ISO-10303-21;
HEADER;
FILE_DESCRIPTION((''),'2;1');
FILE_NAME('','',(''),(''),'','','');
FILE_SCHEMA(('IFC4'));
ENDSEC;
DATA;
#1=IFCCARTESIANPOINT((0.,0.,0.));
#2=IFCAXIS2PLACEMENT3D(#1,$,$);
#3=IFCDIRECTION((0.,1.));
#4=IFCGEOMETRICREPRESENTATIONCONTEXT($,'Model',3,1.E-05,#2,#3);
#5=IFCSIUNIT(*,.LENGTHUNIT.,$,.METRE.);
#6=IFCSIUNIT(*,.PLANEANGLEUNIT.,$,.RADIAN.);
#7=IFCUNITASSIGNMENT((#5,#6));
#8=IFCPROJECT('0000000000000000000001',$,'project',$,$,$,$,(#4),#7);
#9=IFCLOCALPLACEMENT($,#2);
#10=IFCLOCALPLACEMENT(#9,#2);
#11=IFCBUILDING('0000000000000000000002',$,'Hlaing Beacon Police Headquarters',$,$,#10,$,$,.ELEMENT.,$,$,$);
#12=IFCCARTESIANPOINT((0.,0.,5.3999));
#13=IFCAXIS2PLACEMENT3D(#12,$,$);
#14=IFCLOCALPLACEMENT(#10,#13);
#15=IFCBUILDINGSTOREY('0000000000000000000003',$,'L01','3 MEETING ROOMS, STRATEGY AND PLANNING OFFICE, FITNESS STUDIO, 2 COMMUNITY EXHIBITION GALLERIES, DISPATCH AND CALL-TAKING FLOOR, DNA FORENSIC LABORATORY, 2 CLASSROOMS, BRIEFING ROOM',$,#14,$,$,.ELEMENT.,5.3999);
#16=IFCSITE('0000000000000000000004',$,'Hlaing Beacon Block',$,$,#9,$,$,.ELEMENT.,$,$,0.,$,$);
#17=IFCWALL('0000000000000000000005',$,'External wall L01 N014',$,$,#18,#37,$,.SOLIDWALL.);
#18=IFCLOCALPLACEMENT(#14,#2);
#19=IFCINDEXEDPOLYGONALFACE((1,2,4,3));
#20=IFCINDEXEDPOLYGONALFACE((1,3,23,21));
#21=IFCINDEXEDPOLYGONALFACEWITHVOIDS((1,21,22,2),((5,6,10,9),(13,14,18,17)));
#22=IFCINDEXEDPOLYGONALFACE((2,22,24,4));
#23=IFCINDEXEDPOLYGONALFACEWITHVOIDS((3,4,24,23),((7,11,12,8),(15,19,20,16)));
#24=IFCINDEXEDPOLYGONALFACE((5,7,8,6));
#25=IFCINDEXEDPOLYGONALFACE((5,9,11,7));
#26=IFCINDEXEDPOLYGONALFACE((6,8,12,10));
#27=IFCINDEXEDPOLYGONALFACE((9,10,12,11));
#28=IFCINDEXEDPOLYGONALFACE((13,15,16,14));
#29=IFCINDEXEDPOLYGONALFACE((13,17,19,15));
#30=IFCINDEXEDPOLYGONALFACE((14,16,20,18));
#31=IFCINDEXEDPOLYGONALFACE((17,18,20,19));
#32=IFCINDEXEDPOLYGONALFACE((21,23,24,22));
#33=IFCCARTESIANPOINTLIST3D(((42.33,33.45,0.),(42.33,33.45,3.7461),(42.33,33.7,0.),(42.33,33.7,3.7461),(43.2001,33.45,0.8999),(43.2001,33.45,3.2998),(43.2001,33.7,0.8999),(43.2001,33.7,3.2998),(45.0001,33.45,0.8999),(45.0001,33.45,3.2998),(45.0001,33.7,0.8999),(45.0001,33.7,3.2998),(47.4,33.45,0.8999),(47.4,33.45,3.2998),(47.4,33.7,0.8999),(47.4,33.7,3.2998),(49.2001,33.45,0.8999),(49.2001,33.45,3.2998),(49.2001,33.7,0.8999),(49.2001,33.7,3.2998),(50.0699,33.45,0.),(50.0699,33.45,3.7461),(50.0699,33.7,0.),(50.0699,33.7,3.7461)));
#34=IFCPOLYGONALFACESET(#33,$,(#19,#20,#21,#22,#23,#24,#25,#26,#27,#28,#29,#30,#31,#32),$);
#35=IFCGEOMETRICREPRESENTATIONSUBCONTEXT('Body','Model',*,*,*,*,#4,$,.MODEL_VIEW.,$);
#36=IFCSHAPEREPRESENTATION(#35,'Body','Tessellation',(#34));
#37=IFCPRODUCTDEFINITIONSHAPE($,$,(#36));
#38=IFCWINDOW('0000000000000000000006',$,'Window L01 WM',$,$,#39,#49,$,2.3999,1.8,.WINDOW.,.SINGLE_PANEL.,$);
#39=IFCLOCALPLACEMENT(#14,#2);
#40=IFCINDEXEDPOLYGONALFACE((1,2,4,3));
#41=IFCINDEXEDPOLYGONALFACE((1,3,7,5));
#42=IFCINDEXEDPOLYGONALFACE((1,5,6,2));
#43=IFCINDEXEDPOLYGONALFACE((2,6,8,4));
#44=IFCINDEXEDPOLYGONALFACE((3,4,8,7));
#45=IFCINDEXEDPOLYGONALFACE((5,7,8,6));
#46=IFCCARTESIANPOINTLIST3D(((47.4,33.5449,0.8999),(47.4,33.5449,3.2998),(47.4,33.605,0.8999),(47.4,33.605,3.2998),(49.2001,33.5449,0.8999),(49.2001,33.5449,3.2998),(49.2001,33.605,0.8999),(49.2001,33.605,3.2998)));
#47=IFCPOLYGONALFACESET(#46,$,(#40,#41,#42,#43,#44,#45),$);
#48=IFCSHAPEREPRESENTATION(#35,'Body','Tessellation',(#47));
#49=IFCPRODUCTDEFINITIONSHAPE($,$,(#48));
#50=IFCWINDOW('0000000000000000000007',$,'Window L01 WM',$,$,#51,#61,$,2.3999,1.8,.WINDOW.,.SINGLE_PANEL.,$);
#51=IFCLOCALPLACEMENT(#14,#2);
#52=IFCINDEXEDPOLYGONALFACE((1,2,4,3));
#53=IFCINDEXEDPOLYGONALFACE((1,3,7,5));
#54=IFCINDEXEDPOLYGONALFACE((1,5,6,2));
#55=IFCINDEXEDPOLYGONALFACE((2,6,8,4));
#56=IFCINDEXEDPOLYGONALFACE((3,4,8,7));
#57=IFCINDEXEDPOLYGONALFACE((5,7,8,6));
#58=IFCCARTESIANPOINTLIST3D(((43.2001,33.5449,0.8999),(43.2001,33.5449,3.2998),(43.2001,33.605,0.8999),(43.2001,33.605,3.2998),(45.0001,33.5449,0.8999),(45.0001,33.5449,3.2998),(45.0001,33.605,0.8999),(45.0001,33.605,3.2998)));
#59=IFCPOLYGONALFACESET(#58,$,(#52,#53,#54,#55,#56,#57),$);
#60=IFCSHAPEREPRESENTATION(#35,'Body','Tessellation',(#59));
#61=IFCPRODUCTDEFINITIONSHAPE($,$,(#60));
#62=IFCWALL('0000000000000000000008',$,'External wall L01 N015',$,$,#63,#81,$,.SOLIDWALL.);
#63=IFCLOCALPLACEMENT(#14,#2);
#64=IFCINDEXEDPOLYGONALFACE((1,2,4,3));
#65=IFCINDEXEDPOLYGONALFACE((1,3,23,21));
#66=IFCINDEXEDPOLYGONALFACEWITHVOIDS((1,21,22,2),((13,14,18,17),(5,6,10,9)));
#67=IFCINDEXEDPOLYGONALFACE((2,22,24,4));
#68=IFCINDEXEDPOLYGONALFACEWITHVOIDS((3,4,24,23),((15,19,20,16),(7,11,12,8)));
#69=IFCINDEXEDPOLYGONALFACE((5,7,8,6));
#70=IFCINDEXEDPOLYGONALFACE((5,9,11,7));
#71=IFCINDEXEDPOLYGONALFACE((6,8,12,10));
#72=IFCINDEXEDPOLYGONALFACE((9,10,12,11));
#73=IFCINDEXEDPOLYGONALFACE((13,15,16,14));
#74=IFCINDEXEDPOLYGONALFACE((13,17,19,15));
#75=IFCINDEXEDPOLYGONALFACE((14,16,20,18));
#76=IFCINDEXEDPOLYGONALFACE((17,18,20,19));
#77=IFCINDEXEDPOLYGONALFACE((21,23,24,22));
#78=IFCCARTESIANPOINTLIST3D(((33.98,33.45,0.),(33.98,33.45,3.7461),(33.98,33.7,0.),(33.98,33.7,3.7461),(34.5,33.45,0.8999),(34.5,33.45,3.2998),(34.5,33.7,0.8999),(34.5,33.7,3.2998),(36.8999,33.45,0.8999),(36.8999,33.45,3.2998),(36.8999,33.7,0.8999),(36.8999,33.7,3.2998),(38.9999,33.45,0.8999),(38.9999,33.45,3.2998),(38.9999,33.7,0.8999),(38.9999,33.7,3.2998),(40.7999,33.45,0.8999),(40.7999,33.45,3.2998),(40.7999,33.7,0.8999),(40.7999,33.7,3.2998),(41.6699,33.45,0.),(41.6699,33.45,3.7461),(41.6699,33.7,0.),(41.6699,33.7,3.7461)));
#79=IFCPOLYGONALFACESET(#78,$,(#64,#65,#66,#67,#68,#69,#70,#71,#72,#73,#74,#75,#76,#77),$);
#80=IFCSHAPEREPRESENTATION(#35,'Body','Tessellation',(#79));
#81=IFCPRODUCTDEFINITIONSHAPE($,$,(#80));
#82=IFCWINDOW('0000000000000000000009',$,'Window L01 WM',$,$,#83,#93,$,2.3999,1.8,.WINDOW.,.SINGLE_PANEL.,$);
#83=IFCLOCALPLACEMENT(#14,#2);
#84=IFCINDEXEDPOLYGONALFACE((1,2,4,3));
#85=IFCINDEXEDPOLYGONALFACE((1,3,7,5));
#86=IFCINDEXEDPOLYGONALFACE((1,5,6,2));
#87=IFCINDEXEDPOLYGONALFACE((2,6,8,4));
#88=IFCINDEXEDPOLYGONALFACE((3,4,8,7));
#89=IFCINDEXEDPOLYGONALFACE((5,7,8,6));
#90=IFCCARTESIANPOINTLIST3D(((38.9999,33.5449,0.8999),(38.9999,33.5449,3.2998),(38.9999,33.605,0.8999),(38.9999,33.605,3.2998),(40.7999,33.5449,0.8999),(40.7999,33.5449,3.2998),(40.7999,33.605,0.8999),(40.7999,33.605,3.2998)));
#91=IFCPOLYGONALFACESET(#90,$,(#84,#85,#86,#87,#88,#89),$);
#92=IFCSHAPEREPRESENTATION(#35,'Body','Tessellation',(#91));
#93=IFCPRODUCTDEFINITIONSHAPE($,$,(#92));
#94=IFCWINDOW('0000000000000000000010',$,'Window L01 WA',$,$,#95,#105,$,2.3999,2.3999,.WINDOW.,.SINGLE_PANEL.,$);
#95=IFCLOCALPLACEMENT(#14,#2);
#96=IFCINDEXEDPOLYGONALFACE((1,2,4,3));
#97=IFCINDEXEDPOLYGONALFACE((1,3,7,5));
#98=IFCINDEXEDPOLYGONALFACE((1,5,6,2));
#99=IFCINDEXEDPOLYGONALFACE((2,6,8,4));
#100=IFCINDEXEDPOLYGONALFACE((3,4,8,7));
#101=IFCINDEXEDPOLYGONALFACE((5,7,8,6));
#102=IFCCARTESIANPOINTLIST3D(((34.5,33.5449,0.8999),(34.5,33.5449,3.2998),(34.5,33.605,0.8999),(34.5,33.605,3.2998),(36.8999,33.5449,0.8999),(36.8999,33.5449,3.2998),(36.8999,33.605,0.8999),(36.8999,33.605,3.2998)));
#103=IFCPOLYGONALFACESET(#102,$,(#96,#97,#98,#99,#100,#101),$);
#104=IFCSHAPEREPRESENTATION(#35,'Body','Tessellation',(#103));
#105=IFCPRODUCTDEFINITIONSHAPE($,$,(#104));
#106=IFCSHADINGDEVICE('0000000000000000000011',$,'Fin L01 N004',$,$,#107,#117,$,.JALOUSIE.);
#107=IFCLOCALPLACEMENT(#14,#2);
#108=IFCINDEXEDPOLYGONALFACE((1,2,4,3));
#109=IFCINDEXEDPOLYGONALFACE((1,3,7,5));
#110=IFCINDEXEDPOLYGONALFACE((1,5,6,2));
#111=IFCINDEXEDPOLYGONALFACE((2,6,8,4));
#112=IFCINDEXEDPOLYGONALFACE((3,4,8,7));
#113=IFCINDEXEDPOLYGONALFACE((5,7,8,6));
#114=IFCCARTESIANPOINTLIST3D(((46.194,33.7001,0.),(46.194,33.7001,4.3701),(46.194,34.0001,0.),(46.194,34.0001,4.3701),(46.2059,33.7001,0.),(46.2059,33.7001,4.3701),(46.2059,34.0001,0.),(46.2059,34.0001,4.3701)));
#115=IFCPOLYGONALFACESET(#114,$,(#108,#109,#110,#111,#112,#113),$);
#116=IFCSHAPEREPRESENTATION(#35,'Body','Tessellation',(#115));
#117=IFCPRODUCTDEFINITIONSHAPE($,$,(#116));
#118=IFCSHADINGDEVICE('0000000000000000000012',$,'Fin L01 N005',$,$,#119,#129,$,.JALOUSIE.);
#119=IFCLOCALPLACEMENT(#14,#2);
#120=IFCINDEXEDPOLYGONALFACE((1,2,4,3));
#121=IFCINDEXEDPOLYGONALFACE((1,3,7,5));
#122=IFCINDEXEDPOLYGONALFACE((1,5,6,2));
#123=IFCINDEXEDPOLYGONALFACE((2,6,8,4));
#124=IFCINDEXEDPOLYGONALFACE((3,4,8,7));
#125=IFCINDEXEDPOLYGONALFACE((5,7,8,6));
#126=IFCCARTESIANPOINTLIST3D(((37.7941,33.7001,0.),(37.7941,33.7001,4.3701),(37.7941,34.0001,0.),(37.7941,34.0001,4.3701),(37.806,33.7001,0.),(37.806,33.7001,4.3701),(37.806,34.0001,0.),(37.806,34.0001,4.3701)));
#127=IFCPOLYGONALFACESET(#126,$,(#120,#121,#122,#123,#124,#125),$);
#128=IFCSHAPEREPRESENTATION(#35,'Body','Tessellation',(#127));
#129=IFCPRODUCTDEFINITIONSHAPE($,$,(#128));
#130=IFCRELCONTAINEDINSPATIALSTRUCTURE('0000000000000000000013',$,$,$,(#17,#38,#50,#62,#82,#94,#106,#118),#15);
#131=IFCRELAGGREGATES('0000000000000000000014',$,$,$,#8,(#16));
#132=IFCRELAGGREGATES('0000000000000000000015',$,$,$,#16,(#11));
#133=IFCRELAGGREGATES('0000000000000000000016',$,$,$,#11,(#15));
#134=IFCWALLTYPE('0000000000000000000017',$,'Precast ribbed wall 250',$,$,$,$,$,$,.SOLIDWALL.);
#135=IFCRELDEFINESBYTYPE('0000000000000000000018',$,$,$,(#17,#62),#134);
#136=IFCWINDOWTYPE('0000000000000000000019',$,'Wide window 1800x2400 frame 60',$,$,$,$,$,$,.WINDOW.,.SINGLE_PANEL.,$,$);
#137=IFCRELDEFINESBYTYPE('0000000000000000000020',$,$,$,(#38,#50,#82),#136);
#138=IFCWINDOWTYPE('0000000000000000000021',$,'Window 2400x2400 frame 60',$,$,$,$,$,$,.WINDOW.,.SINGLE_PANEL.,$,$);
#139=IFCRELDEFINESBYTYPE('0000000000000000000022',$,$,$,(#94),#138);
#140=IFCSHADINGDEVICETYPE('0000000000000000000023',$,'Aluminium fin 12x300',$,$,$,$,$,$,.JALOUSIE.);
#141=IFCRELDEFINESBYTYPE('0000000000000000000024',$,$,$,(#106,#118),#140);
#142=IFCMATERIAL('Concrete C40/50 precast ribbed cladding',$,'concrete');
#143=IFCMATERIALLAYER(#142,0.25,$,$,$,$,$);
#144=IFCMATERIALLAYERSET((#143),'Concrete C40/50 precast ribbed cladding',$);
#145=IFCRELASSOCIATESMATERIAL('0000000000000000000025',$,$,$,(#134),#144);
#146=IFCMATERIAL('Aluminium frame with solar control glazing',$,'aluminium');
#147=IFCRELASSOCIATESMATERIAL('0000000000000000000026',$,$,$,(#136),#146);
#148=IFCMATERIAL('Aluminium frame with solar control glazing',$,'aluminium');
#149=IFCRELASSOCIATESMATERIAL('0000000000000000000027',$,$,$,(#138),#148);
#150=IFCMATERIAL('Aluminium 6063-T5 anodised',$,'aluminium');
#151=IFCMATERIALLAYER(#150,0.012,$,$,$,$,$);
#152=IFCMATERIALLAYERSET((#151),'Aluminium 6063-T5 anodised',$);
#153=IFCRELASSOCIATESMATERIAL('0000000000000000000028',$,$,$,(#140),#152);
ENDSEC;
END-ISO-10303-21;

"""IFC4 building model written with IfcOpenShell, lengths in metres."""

from ifc_helpers import new_model, si_unit, direction, frame, frame_2d, origin, origin_2d, place, context, subcontext, project, spatial, rectangle, extrude, material, layer, layer_set, type_object, element, fill, save


model = new_model("IFC4")

# Units and contexts
model_context = context("Model", 3, precision=1e-05, world=origin(), true_north=direction((0.0, 1.0)))
body_context = subcontext(model_context, "Body", "Model", "MODEL_VIEW")
ifc_project = project(units=[si_unit("LENGTHUNIT", "METRE"), si_unit("PLANEANGLEUNIT", "RADIAN")], contexts=[model_context])

# Site, building, storey
site_placement = place(None, origin())
site = spatial("IfcSite", under=ifc_project, at=site_placement, Name="Hlaing Beacon Block", CompositionType="ELEMENT", RefElevation=0.0)
building_placement = place(site_placement, origin())
building = spatial("IfcBuilding", under=site, at=building_placement, Name="Hlaing Beacon Police Headquarters", CompositionType="ELEMENT")
storey_placement = place(building_placement, frame((0.0, 0.0, 5.3999)))
storey = spatial("IfcBuildingStorey", under=building, at=storey_placement, Name="L01", Description="3 MEETING ROOMS, STRATEGY AND PLANNING OFFICE, FITNESS STUDIO, 2 COMMUNITY EXHIBITION GALLERIES, DISPATCH AND CALL-TAKING FLOOR, DNA FORENSIC LABORATORY, 2 CLASSROOMS, BRIEFING ROOM", CompositionType="ELEMENT", Elevation=5.3999)

# Walls, openings, windows
ifc_material_1 = material(Name="Concrete C40/50 precast ribbed cladding", Category="concrete")
ifc_layer_1 = layer(ifc_material_1, 0.25)
ifc_layer_set_1 = layer_set([ifc_layer_1], Name="Concrete C40/50 precast ribbed cladding")
wall_type_1 = type_object("IfcWallType", Name="Precast ribbed wall 250", PredefinedType="SOLIDWALL", material=ifc_layer_set_1)
wall_1_placement = place(storey_placement, frame((50.0701, 33.575, 0.0), z_axis=(0.0, 0.0, 1.0), x_axis=(-1.0, 0.0, 0.0)))
wall_1 = element("IfcWall", 1, at=wall_1_placement, inside=storey, type_object=wall_type_1, Name="External wall L01 N014", PredefinedType="SOLIDWALL", context=body_context, shape_type="SweptSolid", body=[
    extrude(rectangle(XDim=7.74, YDim=0.25, at=frame_2d((3.8701, 0.0))), origin(), (0.0, 0.0, 1.0), 3.7461),
])
opening_1_placement = place(wall_1_placement, frame((0.8701, 0.0, 0.8999)))
opening_1 = element("IfcOpeningElement", 2, at=opening_1_placement, cuts=wall_1, PredefinedType="OPENING", context=body_context, shape_type="SweptSolid", body=[
    extrude(rectangle(XDim=1.8, YDim=2.3999, at=frame_2d((0.8999, 1.2))), frame((0.0, 0.135, 0.0), z_axis=(0.0, -1.0, 0.0), x_axis=(1.0, 0.0, 0.0)), (0.0, 0.0, 1.0), 0.27),
])
opening_2_placement = place(wall_1_placement, frame((5.0701, 0.0, 0.8999)))
opening_2 = element("IfcOpeningElement", 3, at=opening_2_placement, cuts=wall_1, PredefinedType="OPENING", context=body_context, shape_type="SweptSolid", body=[
    extrude(rectangle(XDim=1.8, YDim=2.3999, at=frame_2d((0.8999, 1.2))), frame((0.0, 0.135, 0.0), z_axis=(0.0, -1.0, 0.0), x_axis=(1.0, 0.0, 0.0)), (0.0, 0.0, 1.0), 0.27),
])
ifc_material_2 = material(Name="Aluminium frame with solar control glazing", Category="aluminium")
window_type_1 = type_object("IfcWindowType", Name="Wide window 1800x2400 frame 60", PartitioningType="SINGLE_PANEL", PredefinedType="WINDOW", material=ifc_material_2)
window_1_placement = place(opening_1_placement, origin())
window_1 = element("IfcWindow", 4, at=window_1_placement, inside=storey, type_object=window_type_1, Name="Window L01 WM", OverallHeight=2.3999, OverallWidth=1.8, PartitioningType="SINGLE_PANEL", PredefinedType="WINDOW", context=body_context, shape_type="SweptSolid", body=[
    extrude(rectangle(XDim=1.8, YDim=2.3999, at=frame_2d((0.8999, 1.2))), frame((0.0, 0.03, 0.0), z_axis=(0.0, -1.0, 0.0), x_axis=(1.0, 0.0, 0.0)), (0.0, 0.0, 1.0), 0.0601),
])
fill(opening_1, window_1)
window_2_placement = place(opening_2_placement, origin())
window_2 = element("IfcWindow", 5, at=window_2_placement, inside=storey, type_object=window_type_1, Name="Window L01 WM", OverallHeight=2.3999, OverallWidth=1.8, PartitioningType="SINGLE_PANEL", PredefinedType="WINDOW", context=body_context, shape_type="SweptSolid", body=[
    extrude(rectangle(XDim=1.8, YDim=2.3999, at=frame_2d((0.8999, 1.2))), frame((0.0, 0.03, 0.0), z_axis=(0.0, -1.0, 0.0), x_axis=(1.0, 0.0, 0.0)), (0.0, 0.0, 1.0), 0.0601),
])
fill(opening_2, window_2)
wall_2_placement = place(storey_placement, frame((41.6699, 33.575, 0.0), z_axis=(0.0, 0.0, 1.0), x_axis=(-1.0, 0.0, 0.0)))
wall_2 = element("IfcWall", 6, at=wall_2_placement, inside=storey, type_object=wall_type_1, Name="External wall L01 N015", PredefinedType="SOLIDWALL", context=body_context, shape_type="SweptSolid", body=[
    extrude(rectangle(XDim=7.6899, YDim=0.25, at=frame_2d((3.845, 0.0))), origin(), (0.0, 0.0, 1.0), 3.7461),
])
opening_3_placement = place(wall_2_placement, frame((0.8701, 0.0, 0.8999)))
opening_3 = element("IfcOpeningElement", 7, at=opening_3_placement, cuts=wall_2, PredefinedType="OPENING", context=body_context, shape_type="SweptSolid", body=[
    extrude(rectangle(XDim=1.8, YDim=2.3999, at=frame_2d((0.8999, 1.2))), frame((0.0, 0.135, 0.0), z_axis=(0.0, -1.0, 0.0), x_axis=(1.0, 0.0, 0.0)), (0.0, 0.0, 1.0), 0.27),
])
opening_4_placement = place(wall_2_placement, frame((4.77, 0.0, 0.8999)))
opening_4 = element("IfcOpeningElement", 8, at=opening_4_placement, cuts=wall_2, PredefinedType="OPENING", context=body_context, shape_type="SweptSolid", body=[
    extrude(rectangle(XDim=2.3999, YDim=2.3999, at=frame_2d((1.2, 1.2))), frame((0.0, 0.135, 0.0), z_axis=(0.0, -1.0, 0.0), x_axis=(1.0, 0.0, 0.0)), (0.0, 0.0, 1.0), 0.27),
])
window_3_placement = place(opening_3_placement, origin())
window_3 = element("IfcWindow", 9, at=window_3_placement, inside=storey, type_object=window_type_1, Name="Window L01 WM", OverallHeight=2.3999, OverallWidth=1.8, PartitioningType="SINGLE_PANEL", PredefinedType="WINDOW", context=body_context, shape_type="SweptSolid", body=[
    extrude(rectangle(XDim=1.8, YDim=2.3999, at=frame_2d((0.8999, 1.2))), frame((0.0, 0.03, 0.0), z_axis=(0.0, -1.0, 0.0), x_axis=(1.0, 0.0, 0.0)), (0.0, 0.0, 1.0), 0.0601),
])
fill(opening_3, window_3)
ifc_material_3 = material(Name="Aluminium frame with solar control glazing", Category="aluminium")
window_type_2 = type_object("IfcWindowType", Name="Window 2400x2400 frame 60", PartitioningType="SINGLE_PANEL", PredefinedType="WINDOW", material=ifc_material_3)
window_4_placement = place(opening_4_placement, origin())
window_4 = element("IfcWindow", 10, at=window_4_placement, inside=storey, type_object=window_type_2, Name="Window L01 WA", OverallHeight=2.3999, OverallWidth=2.3999, PartitioningType="SINGLE_PANEL", PredefinedType="WINDOW", context=body_context, shape_type="SweptSolid", body=[
    extrude(rectangle(XDim=2.3999, YDim=2.3999, at=frame_2d((1.2, 1.2))), frame((0.0, 0.03, 0.0), z_axis=(0.0, -1.0, 0.0), x_axis=(1.0, 0.0, 0.0)), (0.0, 0.0, 1.0), 0.0601),
])
fill(opening_4, window_4)

# Shading devices
ifc_material_4 = material(Name="Aluminium 6063-T5 anodised", Category="aluminium")
ifc_layer_2 = layer(ifc_material_4, 0.012)
ifc_layer_set_2 = layer_set([ifc_layer_2], Name="Aluminium 6063-T5 anodised")
shading_device_type = type_object("IfcShadingDeviceType", Name="Aluminium fin 12x300", PredefinedType="JALOUSIE", material=ifc_layer_set_2)
for number, where, z_axis, x_axis, name in (
    (11, (46.2, 33.8501, 0.0), (0.0, 0.0, 1.0), (-1.0, 0.0, 0.0), "Fin L01 N004"),
    (12, (37.8, 33.8501, 0.0), (0.0, 0.0, 1.0), (-1.0, 0.0, 0.0), "Fin L01 N005"),
):
    element("IfcShadingDevice", number, at=place(storey_placement, frame(where, z_axis=z_axis, x_axis=x_axis)), inside=storey, type_object=shading_device_type, Name=name, PredefinedType="JALOUSIE", context=body_context, shape_type="SweptSolid", body=[
        extrude(rectangle(XDim=0.012, YDim=0.3, at=origin_2d()), origin(), (0.0, 0.0, 1.0), 4.3701),
    ])

save(model, "model.ifc")
